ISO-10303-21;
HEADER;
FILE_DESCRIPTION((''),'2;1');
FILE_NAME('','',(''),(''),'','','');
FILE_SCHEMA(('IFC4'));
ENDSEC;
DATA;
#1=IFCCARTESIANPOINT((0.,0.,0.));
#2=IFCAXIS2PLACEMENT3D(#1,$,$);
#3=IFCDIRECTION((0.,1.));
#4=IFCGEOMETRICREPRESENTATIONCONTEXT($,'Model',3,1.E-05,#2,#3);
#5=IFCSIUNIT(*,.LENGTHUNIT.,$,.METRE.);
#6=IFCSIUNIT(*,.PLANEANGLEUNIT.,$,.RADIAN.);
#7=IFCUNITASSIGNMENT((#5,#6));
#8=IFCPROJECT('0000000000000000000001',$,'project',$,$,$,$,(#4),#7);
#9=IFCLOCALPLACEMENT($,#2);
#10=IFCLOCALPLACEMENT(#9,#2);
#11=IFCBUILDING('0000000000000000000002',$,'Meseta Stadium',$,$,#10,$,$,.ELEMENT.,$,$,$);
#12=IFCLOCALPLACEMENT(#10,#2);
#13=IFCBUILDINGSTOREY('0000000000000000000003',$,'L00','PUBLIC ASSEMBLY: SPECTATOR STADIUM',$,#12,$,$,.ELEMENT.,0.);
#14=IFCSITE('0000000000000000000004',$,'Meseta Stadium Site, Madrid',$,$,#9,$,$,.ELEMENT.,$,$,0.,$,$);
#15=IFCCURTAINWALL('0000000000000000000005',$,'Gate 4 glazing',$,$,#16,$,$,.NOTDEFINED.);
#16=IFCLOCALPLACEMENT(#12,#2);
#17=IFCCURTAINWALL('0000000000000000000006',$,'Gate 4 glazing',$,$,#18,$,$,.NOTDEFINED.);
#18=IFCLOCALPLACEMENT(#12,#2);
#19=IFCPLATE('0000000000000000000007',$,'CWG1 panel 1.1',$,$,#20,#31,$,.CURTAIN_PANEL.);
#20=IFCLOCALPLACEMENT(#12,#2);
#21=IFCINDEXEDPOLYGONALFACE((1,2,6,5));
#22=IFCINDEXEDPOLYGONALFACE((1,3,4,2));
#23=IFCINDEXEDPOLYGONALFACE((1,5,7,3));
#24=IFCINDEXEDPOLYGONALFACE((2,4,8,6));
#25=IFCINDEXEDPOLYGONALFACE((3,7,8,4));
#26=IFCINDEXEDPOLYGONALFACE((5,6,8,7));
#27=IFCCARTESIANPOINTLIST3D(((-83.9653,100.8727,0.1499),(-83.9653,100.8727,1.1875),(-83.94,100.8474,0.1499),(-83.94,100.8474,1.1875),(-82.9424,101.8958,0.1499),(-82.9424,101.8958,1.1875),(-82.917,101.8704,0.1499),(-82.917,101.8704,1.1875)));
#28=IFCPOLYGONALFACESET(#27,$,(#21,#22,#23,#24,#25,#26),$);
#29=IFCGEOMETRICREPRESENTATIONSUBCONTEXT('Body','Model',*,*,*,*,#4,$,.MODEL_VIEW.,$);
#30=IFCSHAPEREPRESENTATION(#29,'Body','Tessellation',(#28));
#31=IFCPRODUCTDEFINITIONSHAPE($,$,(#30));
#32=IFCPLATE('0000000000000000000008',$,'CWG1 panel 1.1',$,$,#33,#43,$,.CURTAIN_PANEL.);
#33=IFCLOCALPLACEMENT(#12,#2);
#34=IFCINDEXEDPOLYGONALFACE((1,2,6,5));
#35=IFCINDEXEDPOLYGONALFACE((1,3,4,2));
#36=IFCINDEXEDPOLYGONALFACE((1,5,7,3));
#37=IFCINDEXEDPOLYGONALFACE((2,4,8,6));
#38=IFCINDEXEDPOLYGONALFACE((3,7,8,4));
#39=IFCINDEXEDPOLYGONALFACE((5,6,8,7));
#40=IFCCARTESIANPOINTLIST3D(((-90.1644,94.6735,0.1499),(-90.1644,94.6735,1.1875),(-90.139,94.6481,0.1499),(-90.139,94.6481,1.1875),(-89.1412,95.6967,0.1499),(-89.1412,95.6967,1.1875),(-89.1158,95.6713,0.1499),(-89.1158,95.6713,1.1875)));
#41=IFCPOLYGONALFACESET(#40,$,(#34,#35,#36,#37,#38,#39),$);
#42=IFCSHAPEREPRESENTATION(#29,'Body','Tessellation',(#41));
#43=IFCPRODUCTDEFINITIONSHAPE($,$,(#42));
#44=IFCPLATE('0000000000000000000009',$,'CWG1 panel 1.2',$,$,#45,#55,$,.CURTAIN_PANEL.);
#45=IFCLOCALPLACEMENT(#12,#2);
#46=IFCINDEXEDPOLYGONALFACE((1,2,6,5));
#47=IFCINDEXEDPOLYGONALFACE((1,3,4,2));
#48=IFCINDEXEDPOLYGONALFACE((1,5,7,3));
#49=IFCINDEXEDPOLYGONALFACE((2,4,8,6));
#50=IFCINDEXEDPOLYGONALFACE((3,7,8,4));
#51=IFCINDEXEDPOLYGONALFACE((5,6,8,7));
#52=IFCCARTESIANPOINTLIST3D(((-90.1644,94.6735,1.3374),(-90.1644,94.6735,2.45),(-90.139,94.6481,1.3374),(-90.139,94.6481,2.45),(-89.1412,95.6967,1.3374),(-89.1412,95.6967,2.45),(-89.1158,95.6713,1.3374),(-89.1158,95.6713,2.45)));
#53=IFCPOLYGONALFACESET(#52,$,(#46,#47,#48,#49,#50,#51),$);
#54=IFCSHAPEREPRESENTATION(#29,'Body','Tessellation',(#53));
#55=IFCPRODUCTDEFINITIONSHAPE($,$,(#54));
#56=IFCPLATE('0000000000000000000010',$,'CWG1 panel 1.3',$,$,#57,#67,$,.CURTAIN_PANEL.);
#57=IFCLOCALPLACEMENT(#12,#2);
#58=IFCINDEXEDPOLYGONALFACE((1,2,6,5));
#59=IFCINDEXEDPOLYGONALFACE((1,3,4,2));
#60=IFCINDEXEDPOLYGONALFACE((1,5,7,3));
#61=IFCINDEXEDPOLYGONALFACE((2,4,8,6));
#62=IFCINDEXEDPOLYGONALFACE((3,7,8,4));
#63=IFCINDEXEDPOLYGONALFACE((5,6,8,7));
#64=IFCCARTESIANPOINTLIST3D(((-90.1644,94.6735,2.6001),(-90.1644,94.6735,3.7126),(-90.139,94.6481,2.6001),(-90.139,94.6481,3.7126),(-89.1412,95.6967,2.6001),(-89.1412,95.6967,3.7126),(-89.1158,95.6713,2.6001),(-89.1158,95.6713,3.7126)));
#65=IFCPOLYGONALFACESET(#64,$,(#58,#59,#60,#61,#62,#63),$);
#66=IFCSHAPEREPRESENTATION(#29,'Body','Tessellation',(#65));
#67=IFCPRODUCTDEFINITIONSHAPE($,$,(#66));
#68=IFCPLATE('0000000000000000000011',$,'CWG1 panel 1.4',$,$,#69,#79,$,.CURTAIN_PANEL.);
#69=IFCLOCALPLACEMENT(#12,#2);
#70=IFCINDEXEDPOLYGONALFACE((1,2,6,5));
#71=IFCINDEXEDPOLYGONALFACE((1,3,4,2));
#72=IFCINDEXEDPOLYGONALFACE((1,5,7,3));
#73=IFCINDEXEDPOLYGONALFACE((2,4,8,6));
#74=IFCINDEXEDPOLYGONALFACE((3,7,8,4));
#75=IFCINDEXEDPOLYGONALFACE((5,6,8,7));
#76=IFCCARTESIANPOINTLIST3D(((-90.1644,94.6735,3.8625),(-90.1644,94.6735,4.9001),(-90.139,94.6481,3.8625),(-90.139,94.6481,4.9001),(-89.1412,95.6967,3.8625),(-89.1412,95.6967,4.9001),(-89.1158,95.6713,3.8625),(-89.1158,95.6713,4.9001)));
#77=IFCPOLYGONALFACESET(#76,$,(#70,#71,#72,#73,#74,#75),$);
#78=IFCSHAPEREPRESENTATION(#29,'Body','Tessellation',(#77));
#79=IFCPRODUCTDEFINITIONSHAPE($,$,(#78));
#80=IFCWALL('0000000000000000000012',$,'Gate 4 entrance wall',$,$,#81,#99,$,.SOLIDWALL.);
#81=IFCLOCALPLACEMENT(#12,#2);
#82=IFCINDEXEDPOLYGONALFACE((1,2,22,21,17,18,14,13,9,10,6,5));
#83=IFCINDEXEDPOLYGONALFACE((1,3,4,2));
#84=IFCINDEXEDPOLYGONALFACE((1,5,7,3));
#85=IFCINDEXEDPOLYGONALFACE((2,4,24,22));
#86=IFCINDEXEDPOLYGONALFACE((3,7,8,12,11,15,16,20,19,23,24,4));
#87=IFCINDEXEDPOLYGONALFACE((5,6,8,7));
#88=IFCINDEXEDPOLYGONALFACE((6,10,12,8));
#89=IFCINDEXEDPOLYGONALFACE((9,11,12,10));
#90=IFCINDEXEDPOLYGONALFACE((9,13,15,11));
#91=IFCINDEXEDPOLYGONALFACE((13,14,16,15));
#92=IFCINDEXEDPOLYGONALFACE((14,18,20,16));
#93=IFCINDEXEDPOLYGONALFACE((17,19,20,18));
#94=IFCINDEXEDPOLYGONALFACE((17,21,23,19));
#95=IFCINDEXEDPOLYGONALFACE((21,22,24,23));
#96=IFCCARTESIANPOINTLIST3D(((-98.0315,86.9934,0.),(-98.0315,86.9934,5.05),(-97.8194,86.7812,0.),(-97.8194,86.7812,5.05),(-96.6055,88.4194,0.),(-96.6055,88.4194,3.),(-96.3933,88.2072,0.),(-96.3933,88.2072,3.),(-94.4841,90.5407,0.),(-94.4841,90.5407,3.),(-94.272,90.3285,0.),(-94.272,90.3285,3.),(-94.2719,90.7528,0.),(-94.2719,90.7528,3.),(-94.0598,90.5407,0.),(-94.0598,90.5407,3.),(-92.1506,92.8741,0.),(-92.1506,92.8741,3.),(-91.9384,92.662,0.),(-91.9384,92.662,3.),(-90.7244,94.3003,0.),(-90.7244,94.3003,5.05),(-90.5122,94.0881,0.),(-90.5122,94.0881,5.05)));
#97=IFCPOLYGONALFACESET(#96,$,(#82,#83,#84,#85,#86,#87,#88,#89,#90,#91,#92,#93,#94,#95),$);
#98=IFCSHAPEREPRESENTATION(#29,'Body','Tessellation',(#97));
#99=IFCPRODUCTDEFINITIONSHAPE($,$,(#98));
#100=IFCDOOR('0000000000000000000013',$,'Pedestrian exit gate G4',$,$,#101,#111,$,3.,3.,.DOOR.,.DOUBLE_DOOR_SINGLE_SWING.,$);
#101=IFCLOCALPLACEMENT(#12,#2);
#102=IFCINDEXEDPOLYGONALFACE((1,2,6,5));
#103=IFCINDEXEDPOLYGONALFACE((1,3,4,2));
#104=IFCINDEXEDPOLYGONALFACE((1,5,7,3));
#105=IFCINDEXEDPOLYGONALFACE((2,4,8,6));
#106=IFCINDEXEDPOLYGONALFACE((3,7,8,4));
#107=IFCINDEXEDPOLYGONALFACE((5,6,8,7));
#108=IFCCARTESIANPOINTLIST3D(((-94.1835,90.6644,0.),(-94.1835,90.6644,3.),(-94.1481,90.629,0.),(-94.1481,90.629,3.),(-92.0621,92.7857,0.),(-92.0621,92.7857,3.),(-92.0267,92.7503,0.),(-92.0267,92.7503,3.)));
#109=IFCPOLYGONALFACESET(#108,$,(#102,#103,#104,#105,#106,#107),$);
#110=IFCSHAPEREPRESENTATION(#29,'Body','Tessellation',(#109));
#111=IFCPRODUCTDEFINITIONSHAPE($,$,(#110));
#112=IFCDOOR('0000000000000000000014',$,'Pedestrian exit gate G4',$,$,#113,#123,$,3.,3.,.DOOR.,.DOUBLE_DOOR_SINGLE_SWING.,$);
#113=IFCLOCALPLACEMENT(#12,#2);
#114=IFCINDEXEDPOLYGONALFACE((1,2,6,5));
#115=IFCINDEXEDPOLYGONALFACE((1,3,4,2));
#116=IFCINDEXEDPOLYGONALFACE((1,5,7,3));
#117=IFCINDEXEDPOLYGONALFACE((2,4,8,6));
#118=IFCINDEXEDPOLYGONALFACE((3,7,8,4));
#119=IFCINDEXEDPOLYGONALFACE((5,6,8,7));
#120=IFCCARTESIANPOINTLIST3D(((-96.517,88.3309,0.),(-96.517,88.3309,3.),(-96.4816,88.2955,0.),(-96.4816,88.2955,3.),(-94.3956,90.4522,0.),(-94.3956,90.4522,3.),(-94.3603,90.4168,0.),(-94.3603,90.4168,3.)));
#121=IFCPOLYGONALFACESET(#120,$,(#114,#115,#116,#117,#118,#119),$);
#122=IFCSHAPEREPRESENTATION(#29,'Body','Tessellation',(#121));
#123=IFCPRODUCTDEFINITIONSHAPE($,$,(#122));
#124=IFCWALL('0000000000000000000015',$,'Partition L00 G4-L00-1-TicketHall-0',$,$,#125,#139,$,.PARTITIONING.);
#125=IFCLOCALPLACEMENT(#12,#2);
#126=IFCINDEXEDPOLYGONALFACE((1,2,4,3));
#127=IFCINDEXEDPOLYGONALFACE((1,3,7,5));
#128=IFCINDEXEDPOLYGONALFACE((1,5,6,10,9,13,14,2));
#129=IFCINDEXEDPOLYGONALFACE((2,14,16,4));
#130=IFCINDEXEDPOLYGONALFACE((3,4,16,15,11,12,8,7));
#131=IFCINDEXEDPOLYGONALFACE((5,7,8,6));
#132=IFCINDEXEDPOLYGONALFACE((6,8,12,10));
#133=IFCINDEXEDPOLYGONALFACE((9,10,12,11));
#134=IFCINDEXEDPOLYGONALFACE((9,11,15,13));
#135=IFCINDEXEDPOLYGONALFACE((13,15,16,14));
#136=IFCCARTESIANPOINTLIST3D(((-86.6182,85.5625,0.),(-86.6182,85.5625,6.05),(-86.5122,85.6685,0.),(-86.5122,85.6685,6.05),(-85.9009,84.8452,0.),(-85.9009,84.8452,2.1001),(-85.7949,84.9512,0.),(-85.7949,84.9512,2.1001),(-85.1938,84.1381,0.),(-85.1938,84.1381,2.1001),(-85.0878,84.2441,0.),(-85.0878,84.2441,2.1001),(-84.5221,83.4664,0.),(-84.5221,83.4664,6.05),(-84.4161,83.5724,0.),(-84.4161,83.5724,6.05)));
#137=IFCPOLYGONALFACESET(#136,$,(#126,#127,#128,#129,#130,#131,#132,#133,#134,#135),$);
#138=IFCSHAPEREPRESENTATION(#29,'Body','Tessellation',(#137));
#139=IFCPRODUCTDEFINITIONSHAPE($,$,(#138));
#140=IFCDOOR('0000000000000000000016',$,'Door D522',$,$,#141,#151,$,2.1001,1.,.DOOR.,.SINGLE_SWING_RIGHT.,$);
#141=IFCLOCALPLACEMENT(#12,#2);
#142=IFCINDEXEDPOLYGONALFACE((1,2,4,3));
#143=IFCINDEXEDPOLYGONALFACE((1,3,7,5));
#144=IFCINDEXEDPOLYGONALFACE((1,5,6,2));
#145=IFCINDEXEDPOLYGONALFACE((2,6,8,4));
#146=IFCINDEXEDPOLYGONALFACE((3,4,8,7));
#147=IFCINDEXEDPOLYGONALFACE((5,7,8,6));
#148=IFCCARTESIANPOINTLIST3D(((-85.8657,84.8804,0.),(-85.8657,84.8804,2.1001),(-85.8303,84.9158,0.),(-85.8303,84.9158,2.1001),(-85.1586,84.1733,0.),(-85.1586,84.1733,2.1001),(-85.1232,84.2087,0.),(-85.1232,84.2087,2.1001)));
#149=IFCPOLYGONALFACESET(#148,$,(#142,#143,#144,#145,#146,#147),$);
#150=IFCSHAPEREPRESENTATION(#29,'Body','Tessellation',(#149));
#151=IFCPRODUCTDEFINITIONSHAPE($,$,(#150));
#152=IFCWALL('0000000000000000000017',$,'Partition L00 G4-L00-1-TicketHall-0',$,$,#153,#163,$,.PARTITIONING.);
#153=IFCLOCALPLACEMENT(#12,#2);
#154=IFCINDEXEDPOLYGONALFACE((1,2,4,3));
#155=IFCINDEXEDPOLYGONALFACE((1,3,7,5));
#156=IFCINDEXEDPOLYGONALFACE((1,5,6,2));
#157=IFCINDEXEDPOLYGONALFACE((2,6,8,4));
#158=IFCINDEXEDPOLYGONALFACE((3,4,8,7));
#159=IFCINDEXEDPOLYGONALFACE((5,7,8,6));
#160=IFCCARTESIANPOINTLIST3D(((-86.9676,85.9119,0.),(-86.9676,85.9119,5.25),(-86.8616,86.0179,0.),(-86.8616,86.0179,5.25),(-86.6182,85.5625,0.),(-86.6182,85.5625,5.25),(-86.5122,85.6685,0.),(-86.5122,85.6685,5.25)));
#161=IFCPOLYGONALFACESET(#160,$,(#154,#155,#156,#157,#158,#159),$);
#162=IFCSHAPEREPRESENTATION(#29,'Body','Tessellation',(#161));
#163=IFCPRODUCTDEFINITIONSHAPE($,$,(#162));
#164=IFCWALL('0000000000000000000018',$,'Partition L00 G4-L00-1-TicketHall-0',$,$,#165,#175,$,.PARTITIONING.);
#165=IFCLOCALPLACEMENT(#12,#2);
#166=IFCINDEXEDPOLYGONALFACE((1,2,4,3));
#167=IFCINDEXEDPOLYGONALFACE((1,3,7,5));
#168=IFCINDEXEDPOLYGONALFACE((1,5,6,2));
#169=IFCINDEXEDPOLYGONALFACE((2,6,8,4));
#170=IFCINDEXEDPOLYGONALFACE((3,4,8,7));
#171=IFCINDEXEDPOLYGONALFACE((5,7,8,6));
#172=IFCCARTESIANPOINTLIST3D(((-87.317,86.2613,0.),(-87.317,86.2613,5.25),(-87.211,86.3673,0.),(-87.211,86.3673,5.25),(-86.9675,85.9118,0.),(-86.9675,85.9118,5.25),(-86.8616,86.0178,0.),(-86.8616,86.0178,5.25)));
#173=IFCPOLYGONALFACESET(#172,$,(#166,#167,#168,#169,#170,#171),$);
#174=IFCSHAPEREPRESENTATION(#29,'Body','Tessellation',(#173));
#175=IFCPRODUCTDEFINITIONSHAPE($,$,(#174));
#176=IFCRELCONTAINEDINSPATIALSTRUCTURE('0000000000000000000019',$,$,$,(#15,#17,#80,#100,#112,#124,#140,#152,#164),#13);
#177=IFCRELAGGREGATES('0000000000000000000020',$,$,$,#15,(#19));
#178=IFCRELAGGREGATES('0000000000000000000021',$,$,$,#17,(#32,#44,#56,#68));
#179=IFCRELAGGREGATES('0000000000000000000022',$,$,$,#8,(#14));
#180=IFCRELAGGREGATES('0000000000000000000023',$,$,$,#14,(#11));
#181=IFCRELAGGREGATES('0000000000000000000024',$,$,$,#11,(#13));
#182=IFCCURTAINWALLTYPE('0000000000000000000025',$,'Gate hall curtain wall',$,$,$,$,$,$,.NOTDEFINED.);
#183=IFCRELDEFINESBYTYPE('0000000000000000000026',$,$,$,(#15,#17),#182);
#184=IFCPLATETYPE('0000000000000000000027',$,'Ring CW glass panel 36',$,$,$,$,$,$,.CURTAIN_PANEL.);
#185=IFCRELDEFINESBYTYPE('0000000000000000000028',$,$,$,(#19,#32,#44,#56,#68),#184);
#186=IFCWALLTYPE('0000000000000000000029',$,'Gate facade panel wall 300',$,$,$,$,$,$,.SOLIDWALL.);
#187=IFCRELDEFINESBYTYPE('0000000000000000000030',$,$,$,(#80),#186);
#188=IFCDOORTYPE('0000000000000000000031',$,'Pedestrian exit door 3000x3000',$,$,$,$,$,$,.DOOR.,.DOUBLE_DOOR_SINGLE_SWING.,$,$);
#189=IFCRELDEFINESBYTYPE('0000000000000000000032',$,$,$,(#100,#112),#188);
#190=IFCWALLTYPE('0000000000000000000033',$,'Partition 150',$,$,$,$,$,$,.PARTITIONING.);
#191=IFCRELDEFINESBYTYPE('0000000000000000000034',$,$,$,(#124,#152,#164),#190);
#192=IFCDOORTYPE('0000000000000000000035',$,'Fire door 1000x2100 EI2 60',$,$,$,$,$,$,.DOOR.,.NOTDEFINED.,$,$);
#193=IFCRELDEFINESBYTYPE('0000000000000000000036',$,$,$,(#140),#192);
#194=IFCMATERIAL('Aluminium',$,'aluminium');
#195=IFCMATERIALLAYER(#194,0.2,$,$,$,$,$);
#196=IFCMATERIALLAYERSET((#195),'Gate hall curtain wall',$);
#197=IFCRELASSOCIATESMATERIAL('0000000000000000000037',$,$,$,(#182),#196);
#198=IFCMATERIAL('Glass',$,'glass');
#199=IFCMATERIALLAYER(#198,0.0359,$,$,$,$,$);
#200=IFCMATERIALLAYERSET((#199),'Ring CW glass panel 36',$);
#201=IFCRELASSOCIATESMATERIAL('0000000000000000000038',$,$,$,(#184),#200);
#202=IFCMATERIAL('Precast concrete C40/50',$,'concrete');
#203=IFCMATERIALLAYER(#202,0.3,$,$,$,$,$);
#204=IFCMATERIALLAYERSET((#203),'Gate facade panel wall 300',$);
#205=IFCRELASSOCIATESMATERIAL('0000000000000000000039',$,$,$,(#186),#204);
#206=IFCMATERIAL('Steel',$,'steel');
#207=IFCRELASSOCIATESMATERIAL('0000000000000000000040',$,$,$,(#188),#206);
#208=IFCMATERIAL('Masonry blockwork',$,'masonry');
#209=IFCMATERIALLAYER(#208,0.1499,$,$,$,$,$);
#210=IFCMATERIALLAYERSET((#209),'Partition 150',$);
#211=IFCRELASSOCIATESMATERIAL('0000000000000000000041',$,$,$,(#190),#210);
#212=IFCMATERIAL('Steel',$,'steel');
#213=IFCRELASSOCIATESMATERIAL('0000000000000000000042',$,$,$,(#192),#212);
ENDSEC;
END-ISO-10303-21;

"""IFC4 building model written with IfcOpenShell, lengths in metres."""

from ifc_helpers import new_model, si_unit, direction, frame, frame_2d, origin, origin_2d, place, context, subcontext, project, spatial, rectangle, extrude, material, layer, layer_set, type_object, element, fill, aggregate, save


model = new_model("IFC4")

# Units and contexts
model_context = context("Model", 3, precision=1e-05, world=origin(), true_north=direction((0.0, 1.0)))
body_context = subcontext(model_context, "Body", "Model", "MODEL_VIEW")
ifc_project = project(units=[si_unit("LENGTHUNIT", "METRE"), si_unit("PLANEANGLEUNIT", "RADIAN")], contexts=[model_context])

# Site, building, storey
site_placement = place(None, origin())
site = spatial("IfcSite", under=ifc_project, at=site_placement, Name="Meseta Stadium Site, Madrid", CompositionType="ELEMENT", RefElevation=0.0)
building_placement = place(site_placement, origin())
building = spatial("IfcBuilding", under=site, at=building_placement, Name="Meseta Stadium", CompositionType="ELEMENT")
storey_placement = place(building_placement, origin())
storey = spatial("IfcBuildingStorey", under=building, at=storey_placement, Name="L00", Description="PUBLIC ASSEMBLY: SPECTATOR STADIUM", CompositionType="ELEMENT", Elevation=0.0)

# Curtain wall
ifc_material_1 = material(Name="Aluminium", Category="aluminium")
ifc_layer_1 = layer(ifc_material_1, 0.2)
ifc_layer_set_1 = layer_set([ifc_layer_1], Name="Gate hall curtain wall")
curtain_wall_type = type_object("IfcCurtainWallType", Name="Gate hall curtain wall", PredefinedType="NOTDEFINED", material=ifc_layer_set_1)
curtain_wall_1_placement = place(storey_placement, origin())
curtain_wall_1 = element("IfcCurtainWall", 1, at=curtain_wall_1_placement, inside=storey, type_object=curtain_wall_type, Name="Gate 4 glazing", PredefinedType="NOTDEFINED")

# Curtain wall
curtain_wall_2_placement = place(storey_placement, origin())
curtain_wall_2 = element("IfcCurtainWall", 2, at=curtain_wall_2_placement, inside=storey, type_object=curtain_wall_type, Name="Gate 4 glazing", PredefinedType="NOTDEFINED")

# Plates
ifc_material_2 = material(Name="Glass", Category="glass")
ifc_layer_2 = layer(ifc_material_2, 0.0359)
ifc_layer_set_2 = layer_set([ifc_layer_2], Name="Ring CW glass panel 36")
plate_type = type_object("IfcPlateType", Name="Ring CW glass panel 36", PredefinedType="CURTAIN_PANEL", material=ifc_layer_set_2)
plate_1_placement = place(storey_placement, frame((-83.4412, 101.3716, 0.1499), z_axis=(0.0, 0.0, 1.0), x_axis=(-0.707075, -0.707139, 0.0)))
plate_1 = element("IfcPlate", 3, at=plate_1_placement, type_object=plate_type, Name="CWG1 panel 1.1", PredefinedType="CURTAIN_PANEL", context=body_context, shape_type="SweptSolid", body=[
    extrude(rectangle(XDim=1.4468, YDim=0.0359, at=origin_2d()), origin(), (0.0, 0.0, 1.0), 1.0376),
])
aggregate(curtain_wall_1, [plate_1])
plate_2_placement = place(storey_placement, frame((-89.6401, 95.1724, 0.1499), z_axis=(0.0, 0.0, 1.0), x_axis=(-0.707107, -0.707107, 0.0)))
plate_2 = element("IfcPlate", 4, at=plate_2_placement, type_object=plate_type, Name="CWG1 panel 1.1", PredefinedType="CURTAIN_PANEL", context=body_context, shape_type="SweptSolid", body=[
    extrude(rectangle(XDim=1.447, YDim=0.0359, at=origin_2d()), origin(), (0.0, 0.0, 1.0), 1.0376),
])
plate_3_placement = place(storey_placement, frame((-89.6401, 95.1724, 1.3374), z_axis=(0.0, 0.0, 1.0), x_axis=(-0.707107, -0.707107, 0.0)))
plate_3 = element("IfcPlate", 5, at=plate_3_placement, type_object=plate_type, Name="CWG1 panel 1.2", PredefinedType="CURTAIN_PANEL", context=body_context, shape_type="SweptSolid", body=[
    extrude(rectangle(XDim=1.447, YDim=0.0359, at=origin_2d()), origin(), (0.0, 0.0, 1.0), 1.1125),
])
plate_4_placement = place(storey_placement, frame((-89.6401, 95.1724, 2.6001), z_axis=(0.0, 0.0, 1.0), x_axis=(-0.707107, -0.707107, 0.0)))
plate_4 = element("IfcPlate", 6, at=plate_4_placement, type_object=plate_type, Name="CWG1 panel 1.3", PredefinedType="CURTAIN_PANEL", context=body_context, shape_type="SweptSolid", body=[
    extrude(rectangle(XDim=1.447, YDim=0.0359, at=origin_2d()), origin(), (0.0, 0.0, 1.0), 1.1125),
])
plate_5_placement = place(storey_placement, frame((-89.6401, 95.1724, 3.8625), z_axis=(0.0, 0.0, 1.0), x_axis=(-0.707107, -0.707107, 0.0)))
plate_5 = element("IfcPlate", 7, at=plate_5_placement, type_object=plate_type, Name="CWG1 panel 1.4", PredefinedType="CURTAIN_PANEL", context=body_context, shape_type="SweptSolid", body=[
    extrude(rectangle(XDim=1.447, YDim=0.0359, at=origin_2d()), origin(), (0.0, 0.0, 1.0), 1.0376),
])
aggregate(curtain_wall_2, [plate_2, plate_3, plate_4, plate_5])

# Shared definitions
ifc_material_3 = material(Name="Precast concrete C40/50", Category="concrete")
ifc_layer_3 = layer(ifc_material_3, 0.3)
ifc_layer_set_3 = layer_set([ifc_layer_3], Name="Gate facade panel wall 300")
wall_type_1 = type_object("IfcWallType", Name="Gate facade panel wall 300", PredefinedType="SOLIDWALL", material=ifc_layer_set_3)

# Wall, openings, doors
wall_1_placement = place(storey_placement, frame((-97.9255, 86.8872, 0.0), z_axis=(0.0, 0.0, 1.0), x_axis=(0.707119, 0.707095, 0.0)))
wall_1 = element("IfcWall", 8, at=wall_1_placement, inside=storey, type_object=wall_type_1, Name="Gate 4 entrance wall", PredefinedType="SOLIDWALL", context=body_context, shape_type="SweptSolid", body=[
    extrude(rectangle(XDim=10.3337, YDim=0.3, at=frame_2d((5.167, 0.0))), origin(), (0.0, 0.0, 1.0), 5.05),
])
opening_1_placement = place(wall_1_placement, frame((5.3169, 0.0, 0.0)))
opening_1 = element("IfcOpeningElement", 9, at=opening_1_placement, cuts=wall_1, PredefinedType="OPENING", context=body_context, shape_type="SweptSolid", body=[
    extrude(rectangle(XDim=3.0, YDim=3.0, at=frame_2d((1.5, 1.5))), frame((0.0, 0.1599, 0.0), z_axis=(0.0, -1.0, 0.0), x_axis=(1.0, 0.0, 0.0)), (0.0, 0.0, 1.0), 0.3201),
])
opening_2_placement = place(wall_1_placement, frame((2.0168, 0.0, 0.0)))
opening_2 = element("IfcOpeningElement", 10, at=opening_2_placement, cuts=wall_1, PredefinedType="OPENING", context=body_context, shape_type="SweptSolid", body=[
    extrude(rectangle(XDim=3.0, YDim=3.0, at=frame_2d((1.5, 1.5))), frame((0.0, 0.1599, 0.0), z_axis=(0.0, -1.0, 0.0), x_axis=(1.0, 0.0, 0.0)), (0.0, 0.0, 1.0), 0.3201),
])
ifc_material_4 = material(Name="Steel", Category="steel")
door_type_1 = type_object("IfcDoorType", Name="Pedestrian exit door 3000x3000", OperationType="DOUBLE_DOOR_SINGLE_SWING", PredefinedType="DOOR", material=ifc_material_4)
door_1_placement = place(opening_1_placement, origin())
door_1 = element("IfcDoor", 11, at=door_1_placement, inside=storey, type_object=door_type_1, Name="Pedestrian exit gate G4", OperationType="DOUBLE_DOOR_SINGLE_SWING", OverallHeight=3.0, OverallWidth=3.0, PredefinedType="DOOR", context=body_context, shape_type="SweptSolid", body=[
    extrude(rectangle(XDim=3.0, YDim=3.0, at=frame_2d((1.5, 1.5))), frame((0.0, 0.0249, 0.0), z_axis=(0.0, -1.0, 0.0), x_axis=(1.0, 0.0, 0.0)), (0.0, 0.0, 1.0), 0.05),
])
fill(opening_1, door_1)
door_2_placement = place(opening_2_placement, origin())
door_2 = element("IfcDoor", 12, at=door_2_placement, inside=storey, type_object=door_type_1, Name="Pedestrian exit gate G4", OperationType="DOUBLE_DOOR_SINGLE_SWING", OverallHeight=3.0, OverallWidth=3.0, PredefinedType="DOOR", context=body_context, shape_type="SweptSolid", body=[
    extrude(rectangle(XDim=3.0, YDim=3.0, at=frame_2d((1.5, 1.5))), frame((0.0, 0.0249, 0.0), z_axis=(0.0, -1.0, 0.0), x_axis=(1.0, 0.0, 0.0)), (0.0, 0.0, 1.0), 0.05),
])
fill(opening_2, door_2)

# Wall, opening, door
ifc_material_5 = material(Name="Masonry blockwork", Category="masonry")
ifc_layer_4 = layer(ifc_material_5, 0.1499)
ifc_layer_set_4 = layer_set([ifc_layer_4], Name="Partition 150")
wall_type_2 = type_object("IfcWallType", Name="Partition 150", PredefinedType="PARTITIONING", material=ifc_layer_set_4)
wall_2_placement = place(storey_placement, frame((-86.5652, 85.6155, 0.0), z_axis=(0.0, 0.0, 1.0), x_axis=(0.707107, -0.707107, 0.0)))
wall_2 = element("IfcWall", 13, at=wall_2_placement, inside=storey, type_object=wall_type_2, Name="Partition L00 G4-L00-1-TicketHall-0", PredefinedType="PARTITIONING", context=body_context, shape_type="SweptSolid", body=[
    extrude(rectangle(XDim=2.9644, YDim=0.1499, at=frame_2d((1.4822, 0.0))), origin(), (0.0, 0.0, 1.0), 6.05),
])
opening_3_placement = place(wall_2_placement, frame((1.0144, 0.0, 0.0)))
opening_3 = element("IfcOpeningElement", 14, at=opening_3_placement, cuts=wall_2, PredefinedType="OPENING", context=body_context, shape_type="SweptSolid", body=[
    extrude(rectangle(XDim=1.0, YDim=2.1001, at=frame_2d((0.5, 1.05))), frame((0.0, 0.085, 0.0), z_axis=(0.0, -1.0, 0.0), x_axis=(1.0, 0.0, 0.0)), (0.0, 0.0, 1.0), 0.1699),
])
ifc_material_6 = material(Name="Steel", Category="steel")
door_type_2 = type_object("IfcDoorType", Name="Fire door 1000x2100 EI2 60", OperationType="NOTDEFINED", PredefinedType="DOOR", material=ifc_material_6)
door_3_placement = place(opening_3_placement, origin())
door_3 = element("IfcDoor", 15, at=door_3_placement, inside=storey, type_object=door_type_2, Name="Door D522", OperationType="SINGLE_SWING_RIGHT", OverallHeight=2.1001, OverallWidth=1.0, PredefinedType="DOOR", context=body_context, shape_type="SweptSolid", body=[
    extrude(rectangle(XDim=1.0, YDim=2.1001, at=frame_2d((0.5, 1.05))), frame((0.0, 0.0249, 0.0), z_axis=(0.0, -1.0, 0.0), x_axis=(1.0, 0.0, 0.0)), (0.0, 0.0, 1.0), 0.05),
])
fill(opening_3, door_3)

# Walls
for number, where, z_axis, x_axis, name in (
    (16, (-86.5652, 85.6155, 0.0), (0.0, 0.0, 1.0), (-0.707107, 0.707107, 0.0), "Partition L00 G4-L00-1-TicketHall-0"),
    (17, (-86.9146, 85.9648, 0.0), (0.0, 0.0, 1.0), (-0.707107, 0.707107, 0.0), "Partition L00 G4-L00-1-TicketHall-0"),
):
    element("IfcWall", number, at=place(storey_placement, frame(where, z_axis=z_axis, x_axis=x_axis)), inside=storey, type_object=wall_type_2, Name=name, PredefinedType="PARTITIONING", context=body_context, shape_type="SweptSolid", body=[
        extrude(rectangle(XDim=0.4941, YDim=0.1499, at=frame_2d((0.2471, 0.0))), origin(), (0.0, 0.0, 1.0), 5.25),
    ])

save(model, "model.ifc")
